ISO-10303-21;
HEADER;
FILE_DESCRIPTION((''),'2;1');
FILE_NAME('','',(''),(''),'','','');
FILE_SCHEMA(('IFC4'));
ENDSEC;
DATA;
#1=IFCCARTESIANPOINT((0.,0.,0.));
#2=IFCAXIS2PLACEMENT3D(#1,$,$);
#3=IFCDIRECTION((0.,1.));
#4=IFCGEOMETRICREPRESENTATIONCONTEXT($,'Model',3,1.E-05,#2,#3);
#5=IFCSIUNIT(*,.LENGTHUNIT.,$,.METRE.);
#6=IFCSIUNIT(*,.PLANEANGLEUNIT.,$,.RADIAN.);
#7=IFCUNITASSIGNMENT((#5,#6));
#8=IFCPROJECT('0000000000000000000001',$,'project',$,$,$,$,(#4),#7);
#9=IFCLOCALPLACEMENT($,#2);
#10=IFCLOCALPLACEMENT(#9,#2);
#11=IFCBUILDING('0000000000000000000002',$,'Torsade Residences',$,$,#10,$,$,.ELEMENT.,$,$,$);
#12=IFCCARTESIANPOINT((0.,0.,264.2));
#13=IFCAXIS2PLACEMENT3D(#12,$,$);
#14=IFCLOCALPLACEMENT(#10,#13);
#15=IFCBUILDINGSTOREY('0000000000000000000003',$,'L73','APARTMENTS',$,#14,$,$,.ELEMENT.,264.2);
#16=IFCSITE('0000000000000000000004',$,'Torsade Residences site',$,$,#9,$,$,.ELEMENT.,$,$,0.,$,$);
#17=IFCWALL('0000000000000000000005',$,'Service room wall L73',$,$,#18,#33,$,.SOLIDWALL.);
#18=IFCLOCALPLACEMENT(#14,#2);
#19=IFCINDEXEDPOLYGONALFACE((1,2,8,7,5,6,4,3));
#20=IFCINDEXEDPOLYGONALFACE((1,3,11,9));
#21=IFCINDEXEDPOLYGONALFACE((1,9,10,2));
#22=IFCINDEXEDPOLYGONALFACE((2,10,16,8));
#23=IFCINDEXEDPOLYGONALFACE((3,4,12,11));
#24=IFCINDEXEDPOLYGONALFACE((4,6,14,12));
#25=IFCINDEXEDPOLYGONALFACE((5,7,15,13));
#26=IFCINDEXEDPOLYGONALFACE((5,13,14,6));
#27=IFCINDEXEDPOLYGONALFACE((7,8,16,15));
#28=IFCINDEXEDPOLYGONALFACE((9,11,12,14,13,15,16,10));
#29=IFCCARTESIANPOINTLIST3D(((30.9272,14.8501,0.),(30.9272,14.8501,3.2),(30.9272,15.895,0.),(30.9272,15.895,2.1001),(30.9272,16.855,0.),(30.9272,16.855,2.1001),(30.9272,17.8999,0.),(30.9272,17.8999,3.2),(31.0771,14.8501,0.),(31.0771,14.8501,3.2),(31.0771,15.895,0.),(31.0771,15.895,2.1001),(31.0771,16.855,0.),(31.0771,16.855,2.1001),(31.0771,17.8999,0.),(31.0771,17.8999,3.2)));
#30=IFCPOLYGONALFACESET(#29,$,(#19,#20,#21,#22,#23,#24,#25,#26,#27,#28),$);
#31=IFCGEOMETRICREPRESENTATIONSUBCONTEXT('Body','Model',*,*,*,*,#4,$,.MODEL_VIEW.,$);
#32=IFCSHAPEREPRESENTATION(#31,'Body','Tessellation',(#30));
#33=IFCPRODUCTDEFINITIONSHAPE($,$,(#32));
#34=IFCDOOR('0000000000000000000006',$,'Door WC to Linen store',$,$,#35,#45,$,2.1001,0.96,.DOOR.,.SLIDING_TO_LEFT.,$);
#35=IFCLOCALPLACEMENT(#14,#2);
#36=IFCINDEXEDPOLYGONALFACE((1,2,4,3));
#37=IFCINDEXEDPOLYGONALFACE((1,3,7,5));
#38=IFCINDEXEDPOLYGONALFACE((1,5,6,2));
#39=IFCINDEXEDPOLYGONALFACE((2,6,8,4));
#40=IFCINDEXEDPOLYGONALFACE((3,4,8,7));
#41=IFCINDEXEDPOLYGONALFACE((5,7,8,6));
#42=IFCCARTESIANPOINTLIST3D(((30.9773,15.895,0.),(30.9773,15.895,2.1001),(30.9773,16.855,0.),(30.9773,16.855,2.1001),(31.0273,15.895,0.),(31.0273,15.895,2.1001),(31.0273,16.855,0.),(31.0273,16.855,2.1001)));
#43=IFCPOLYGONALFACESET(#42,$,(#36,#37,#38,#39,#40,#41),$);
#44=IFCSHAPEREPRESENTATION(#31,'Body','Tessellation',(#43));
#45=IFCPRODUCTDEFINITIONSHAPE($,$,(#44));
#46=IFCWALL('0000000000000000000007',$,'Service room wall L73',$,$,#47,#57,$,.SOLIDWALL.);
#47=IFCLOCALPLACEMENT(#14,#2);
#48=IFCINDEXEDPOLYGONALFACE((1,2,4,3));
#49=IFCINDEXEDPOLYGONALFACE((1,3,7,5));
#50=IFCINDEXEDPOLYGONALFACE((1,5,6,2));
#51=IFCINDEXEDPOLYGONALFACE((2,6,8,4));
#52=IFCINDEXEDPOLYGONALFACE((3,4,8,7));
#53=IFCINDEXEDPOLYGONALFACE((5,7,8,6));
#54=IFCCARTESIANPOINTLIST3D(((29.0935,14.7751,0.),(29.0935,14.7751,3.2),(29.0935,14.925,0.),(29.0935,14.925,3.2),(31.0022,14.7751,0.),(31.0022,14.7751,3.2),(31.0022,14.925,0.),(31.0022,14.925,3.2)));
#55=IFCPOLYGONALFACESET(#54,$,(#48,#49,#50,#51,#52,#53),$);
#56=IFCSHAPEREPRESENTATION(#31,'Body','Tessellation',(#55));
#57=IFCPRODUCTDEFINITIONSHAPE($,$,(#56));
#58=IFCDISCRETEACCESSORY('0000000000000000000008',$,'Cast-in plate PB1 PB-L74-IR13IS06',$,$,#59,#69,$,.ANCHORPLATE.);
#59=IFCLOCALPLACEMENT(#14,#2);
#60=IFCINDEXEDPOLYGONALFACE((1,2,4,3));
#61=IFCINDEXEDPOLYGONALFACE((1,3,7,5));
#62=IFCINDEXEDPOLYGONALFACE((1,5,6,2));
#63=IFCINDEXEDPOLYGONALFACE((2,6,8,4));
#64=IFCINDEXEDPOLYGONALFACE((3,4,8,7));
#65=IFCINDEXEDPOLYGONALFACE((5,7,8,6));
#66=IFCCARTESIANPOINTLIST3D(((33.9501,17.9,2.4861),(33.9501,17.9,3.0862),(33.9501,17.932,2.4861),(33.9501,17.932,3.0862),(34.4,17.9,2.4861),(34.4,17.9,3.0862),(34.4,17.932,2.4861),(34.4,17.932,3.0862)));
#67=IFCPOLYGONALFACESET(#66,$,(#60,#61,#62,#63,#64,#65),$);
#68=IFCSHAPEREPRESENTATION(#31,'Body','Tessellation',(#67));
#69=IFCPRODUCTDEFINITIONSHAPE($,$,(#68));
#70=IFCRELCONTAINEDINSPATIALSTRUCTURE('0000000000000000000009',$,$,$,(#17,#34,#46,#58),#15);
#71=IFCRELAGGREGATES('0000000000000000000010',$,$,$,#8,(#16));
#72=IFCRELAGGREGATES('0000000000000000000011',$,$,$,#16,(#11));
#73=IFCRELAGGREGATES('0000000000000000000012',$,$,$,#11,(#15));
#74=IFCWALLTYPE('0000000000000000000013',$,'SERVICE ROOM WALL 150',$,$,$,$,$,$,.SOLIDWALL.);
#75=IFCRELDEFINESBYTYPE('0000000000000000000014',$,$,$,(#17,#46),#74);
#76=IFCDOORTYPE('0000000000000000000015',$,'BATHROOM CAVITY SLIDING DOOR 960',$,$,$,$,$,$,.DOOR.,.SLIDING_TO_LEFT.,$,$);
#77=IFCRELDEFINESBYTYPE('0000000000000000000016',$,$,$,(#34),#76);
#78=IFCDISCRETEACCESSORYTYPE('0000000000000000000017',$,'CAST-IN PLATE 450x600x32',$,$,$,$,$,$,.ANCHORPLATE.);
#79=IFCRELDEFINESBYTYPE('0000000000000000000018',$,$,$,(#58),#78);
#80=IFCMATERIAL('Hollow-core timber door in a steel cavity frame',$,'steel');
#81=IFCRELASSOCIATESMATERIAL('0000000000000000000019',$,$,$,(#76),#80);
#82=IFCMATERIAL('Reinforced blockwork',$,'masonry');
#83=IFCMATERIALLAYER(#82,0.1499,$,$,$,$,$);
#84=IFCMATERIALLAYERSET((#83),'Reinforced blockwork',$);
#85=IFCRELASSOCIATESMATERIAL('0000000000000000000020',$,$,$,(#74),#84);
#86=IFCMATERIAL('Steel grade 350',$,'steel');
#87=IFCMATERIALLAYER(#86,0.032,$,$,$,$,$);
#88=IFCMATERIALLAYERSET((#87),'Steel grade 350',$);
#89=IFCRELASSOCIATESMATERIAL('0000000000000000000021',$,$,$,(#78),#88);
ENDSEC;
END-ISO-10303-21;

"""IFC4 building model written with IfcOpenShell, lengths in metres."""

from ifc_helpers import new_model, si_unit, direction, frame, frame_2d, origin, origin_2d, place, context, subcontext, project, spatial, rectangle, extrude, material, layer, layer_set, type_object, element, fill, save


model = new_model("IFC4")

# Units and contexts
model_context = context("Model", 3, precision=1e-05, world=origin(), true_north=direction((0.0, 1.0)))
body_context = subcontext(model_context, "Body", "Model", "MODEL_VIEW")
ifc_project = project(units=[si_unit("LENGTHUNIT", "METRE"), si_unit("PLANEANGLEUNIT", "RADIAN")], contexts=[model_context])

# Site, building, storey
site_placement = place(None, origin())
site = spatial("IfcSite", under=ifc_project, at=site_placement, Name="Torsade Residences site", CompositionType="ELEMENT", RefElevation=0.0)
building_placement = place(site_placement, origin())
building = spatial("IfcBuilding", under=site, at=building_placement, Name="Torsade Residences", CompositionType="ELEMENT")
storey_placement = place(building_placement, frame((0.0, 0.0, 264.2)))
storey = spatial("IfcBuildingStorey", under=building, at=storey_placement, Name="L73", Description="APARTMENTS", CompositionType="ELEMENT", Elevation=264.2)

# Shared definitions
ifc_material_1 = material(Name="Hollow-core timber door in a steel cavity frame", Category="steel")
door_type_1 = type_object("IfcDoorType", Name="BATHROOM CAVITY SLIDING DOOR 960", OperationType="SLIDING_TO_LEFT", PredefinedType="DOOR", material=ifc_material_1)

# Shared definitions
ifc_material_2 = material(Name="Reinforced blockwork", Category="masonry")
ifc_layer_1 = layer(ifc_material_2, 0.1499)
ifc_layer_set_1 = layer_set([ifc_layer_1], Name="Reinforced blockwork")
wall_type_1 = type_object("IfcWallType", Name="SERVICE ROOM WALL 150", PredefinedType="SOLIDWALL", material=ifc_layer_set_1)

# Wall, opening, door
wall_1_placement = place(storey_placement, frame((31.0022, 14.8501, 0.0), z_axis=(0.0, 0.0, 1.0), x_axis=(0.0, 1.0, 0.0)))
wall_1 = element("IfcWall", 1, at=wall_1_placement, inside=storey, type_object=wall_type_1, Name="Service room wall L73", PredefinedType="SOLIDWALL", context=body_context, shape_type="SweptSolid", body=[
    extrude(rectangle(XDim=3.0498, YDim=0.1499, at=frame_2d((1.5249, 0.0))), origin(), (0.0, 0.0, 1.0), 3.2),
])
opening_1_placement = place(wall_1_placement, frame((1.0449, 0.0, 0.0)))
opening_1 = element("IfcOpeningElement", 2, at=opening_1_placement, cuts=wall_1, PredefinedType="OPENING", context=body_context, shape_type="SweptSolid", body=[
    extrude(rectangle(XDim=0.96, YDim=2.1001, at=frame_2d((0.48, 1.05))), frame((0.0, 0.085, 0.0), z_axis=(0.0, -1.0, 0.0), x_axis=(1.0, 0.0, 0.0)), (0.0, 0.0, 1.0), 0.1699),
])
door_1_placement = place(opening_1_placement, origin())
door_1 = element("IfcDoor", 3, at=door_1_placement, inside=storey, type_object=door_type_1, Name="Door WC to Linen store", OperationType="SLIDING_TO_LEFT", OverallHeight=2.1001, OverallWidth=0.96, PredefinedType="DOOR", context=body_context, shape_type="SweptSolid", body=[
    extrude(rectangle(XDim=0.96, YDim=2.1001, at=frame_2d((0.48, 1.05))), frame((0.0, 0.0249, 0.0), z_axis=(0.0, -1.0, 0.0), x_axis=(1.0, 0.0, 0.0)), (0.0, 0.0, 1.0), 0.05),
])
fill(opening_1, door_1)

# Wall
wall_2_placement = place(storey_placement, frame((29.0935, 14.8501, 0.0), z_axis=(0.0, 0.0, 1.0), x_axis=(1.0, 0.0, 0.0)))
element("IfcWall", 4, at=wall_2_placement, inside=storey, type_object=wall_type_1, Name="Service room wall L73", PredefinedType="SOLIDWALL", context=body_context, shape_type="SweptSolid", body=[
    extrude(rectangle(XDim=1.9087, YDim=0.1499, at=frame_2d((0.9543, 0.0))), origin(), (0.0, 0.0, 1.0), 3.2),
])

# Discrete accessory
ifc_material_3 = material(Name="Steel grade 350", Category="steel")
ifc_layer_2 = layer(ifc_material_3, 0.032)
ifc_layer_set_2 = layer_set([ifc_layer_2], Name="Steel grade 350")
discrete_accessory_type = type_object("IfcDiscreteAccessoryType", Name="CAST-IN PLATE 450x600x32", PredefinedType="ANCHORPLATE", material=ifc_layer_set_2)
discrete_accessory_placement = place(storey_placement, frame((34.175, 17.916, 2.4861), z_axis=(0.0, 0.0, 1.0), x_axis=(1.0, 0.0, 0.0)))
element("IfcDiscreteAccessory", 5, at=discrete_accessory_placement, inside=storey, type_object=discrete_accessory_type, Name="Cast-in plate PB1 PB-L74-IR13IS06", PredefinedType="ANCHORPLATE", context=body_context, shape_type="SweptSolid", body=[
    extrude(rectangle(XDim=0.45, YDim=0.032, at=origin_2d()), origin(), (0.0, 0.0, 1.0), 0.6001),
])

save(model, "model.ifc")
